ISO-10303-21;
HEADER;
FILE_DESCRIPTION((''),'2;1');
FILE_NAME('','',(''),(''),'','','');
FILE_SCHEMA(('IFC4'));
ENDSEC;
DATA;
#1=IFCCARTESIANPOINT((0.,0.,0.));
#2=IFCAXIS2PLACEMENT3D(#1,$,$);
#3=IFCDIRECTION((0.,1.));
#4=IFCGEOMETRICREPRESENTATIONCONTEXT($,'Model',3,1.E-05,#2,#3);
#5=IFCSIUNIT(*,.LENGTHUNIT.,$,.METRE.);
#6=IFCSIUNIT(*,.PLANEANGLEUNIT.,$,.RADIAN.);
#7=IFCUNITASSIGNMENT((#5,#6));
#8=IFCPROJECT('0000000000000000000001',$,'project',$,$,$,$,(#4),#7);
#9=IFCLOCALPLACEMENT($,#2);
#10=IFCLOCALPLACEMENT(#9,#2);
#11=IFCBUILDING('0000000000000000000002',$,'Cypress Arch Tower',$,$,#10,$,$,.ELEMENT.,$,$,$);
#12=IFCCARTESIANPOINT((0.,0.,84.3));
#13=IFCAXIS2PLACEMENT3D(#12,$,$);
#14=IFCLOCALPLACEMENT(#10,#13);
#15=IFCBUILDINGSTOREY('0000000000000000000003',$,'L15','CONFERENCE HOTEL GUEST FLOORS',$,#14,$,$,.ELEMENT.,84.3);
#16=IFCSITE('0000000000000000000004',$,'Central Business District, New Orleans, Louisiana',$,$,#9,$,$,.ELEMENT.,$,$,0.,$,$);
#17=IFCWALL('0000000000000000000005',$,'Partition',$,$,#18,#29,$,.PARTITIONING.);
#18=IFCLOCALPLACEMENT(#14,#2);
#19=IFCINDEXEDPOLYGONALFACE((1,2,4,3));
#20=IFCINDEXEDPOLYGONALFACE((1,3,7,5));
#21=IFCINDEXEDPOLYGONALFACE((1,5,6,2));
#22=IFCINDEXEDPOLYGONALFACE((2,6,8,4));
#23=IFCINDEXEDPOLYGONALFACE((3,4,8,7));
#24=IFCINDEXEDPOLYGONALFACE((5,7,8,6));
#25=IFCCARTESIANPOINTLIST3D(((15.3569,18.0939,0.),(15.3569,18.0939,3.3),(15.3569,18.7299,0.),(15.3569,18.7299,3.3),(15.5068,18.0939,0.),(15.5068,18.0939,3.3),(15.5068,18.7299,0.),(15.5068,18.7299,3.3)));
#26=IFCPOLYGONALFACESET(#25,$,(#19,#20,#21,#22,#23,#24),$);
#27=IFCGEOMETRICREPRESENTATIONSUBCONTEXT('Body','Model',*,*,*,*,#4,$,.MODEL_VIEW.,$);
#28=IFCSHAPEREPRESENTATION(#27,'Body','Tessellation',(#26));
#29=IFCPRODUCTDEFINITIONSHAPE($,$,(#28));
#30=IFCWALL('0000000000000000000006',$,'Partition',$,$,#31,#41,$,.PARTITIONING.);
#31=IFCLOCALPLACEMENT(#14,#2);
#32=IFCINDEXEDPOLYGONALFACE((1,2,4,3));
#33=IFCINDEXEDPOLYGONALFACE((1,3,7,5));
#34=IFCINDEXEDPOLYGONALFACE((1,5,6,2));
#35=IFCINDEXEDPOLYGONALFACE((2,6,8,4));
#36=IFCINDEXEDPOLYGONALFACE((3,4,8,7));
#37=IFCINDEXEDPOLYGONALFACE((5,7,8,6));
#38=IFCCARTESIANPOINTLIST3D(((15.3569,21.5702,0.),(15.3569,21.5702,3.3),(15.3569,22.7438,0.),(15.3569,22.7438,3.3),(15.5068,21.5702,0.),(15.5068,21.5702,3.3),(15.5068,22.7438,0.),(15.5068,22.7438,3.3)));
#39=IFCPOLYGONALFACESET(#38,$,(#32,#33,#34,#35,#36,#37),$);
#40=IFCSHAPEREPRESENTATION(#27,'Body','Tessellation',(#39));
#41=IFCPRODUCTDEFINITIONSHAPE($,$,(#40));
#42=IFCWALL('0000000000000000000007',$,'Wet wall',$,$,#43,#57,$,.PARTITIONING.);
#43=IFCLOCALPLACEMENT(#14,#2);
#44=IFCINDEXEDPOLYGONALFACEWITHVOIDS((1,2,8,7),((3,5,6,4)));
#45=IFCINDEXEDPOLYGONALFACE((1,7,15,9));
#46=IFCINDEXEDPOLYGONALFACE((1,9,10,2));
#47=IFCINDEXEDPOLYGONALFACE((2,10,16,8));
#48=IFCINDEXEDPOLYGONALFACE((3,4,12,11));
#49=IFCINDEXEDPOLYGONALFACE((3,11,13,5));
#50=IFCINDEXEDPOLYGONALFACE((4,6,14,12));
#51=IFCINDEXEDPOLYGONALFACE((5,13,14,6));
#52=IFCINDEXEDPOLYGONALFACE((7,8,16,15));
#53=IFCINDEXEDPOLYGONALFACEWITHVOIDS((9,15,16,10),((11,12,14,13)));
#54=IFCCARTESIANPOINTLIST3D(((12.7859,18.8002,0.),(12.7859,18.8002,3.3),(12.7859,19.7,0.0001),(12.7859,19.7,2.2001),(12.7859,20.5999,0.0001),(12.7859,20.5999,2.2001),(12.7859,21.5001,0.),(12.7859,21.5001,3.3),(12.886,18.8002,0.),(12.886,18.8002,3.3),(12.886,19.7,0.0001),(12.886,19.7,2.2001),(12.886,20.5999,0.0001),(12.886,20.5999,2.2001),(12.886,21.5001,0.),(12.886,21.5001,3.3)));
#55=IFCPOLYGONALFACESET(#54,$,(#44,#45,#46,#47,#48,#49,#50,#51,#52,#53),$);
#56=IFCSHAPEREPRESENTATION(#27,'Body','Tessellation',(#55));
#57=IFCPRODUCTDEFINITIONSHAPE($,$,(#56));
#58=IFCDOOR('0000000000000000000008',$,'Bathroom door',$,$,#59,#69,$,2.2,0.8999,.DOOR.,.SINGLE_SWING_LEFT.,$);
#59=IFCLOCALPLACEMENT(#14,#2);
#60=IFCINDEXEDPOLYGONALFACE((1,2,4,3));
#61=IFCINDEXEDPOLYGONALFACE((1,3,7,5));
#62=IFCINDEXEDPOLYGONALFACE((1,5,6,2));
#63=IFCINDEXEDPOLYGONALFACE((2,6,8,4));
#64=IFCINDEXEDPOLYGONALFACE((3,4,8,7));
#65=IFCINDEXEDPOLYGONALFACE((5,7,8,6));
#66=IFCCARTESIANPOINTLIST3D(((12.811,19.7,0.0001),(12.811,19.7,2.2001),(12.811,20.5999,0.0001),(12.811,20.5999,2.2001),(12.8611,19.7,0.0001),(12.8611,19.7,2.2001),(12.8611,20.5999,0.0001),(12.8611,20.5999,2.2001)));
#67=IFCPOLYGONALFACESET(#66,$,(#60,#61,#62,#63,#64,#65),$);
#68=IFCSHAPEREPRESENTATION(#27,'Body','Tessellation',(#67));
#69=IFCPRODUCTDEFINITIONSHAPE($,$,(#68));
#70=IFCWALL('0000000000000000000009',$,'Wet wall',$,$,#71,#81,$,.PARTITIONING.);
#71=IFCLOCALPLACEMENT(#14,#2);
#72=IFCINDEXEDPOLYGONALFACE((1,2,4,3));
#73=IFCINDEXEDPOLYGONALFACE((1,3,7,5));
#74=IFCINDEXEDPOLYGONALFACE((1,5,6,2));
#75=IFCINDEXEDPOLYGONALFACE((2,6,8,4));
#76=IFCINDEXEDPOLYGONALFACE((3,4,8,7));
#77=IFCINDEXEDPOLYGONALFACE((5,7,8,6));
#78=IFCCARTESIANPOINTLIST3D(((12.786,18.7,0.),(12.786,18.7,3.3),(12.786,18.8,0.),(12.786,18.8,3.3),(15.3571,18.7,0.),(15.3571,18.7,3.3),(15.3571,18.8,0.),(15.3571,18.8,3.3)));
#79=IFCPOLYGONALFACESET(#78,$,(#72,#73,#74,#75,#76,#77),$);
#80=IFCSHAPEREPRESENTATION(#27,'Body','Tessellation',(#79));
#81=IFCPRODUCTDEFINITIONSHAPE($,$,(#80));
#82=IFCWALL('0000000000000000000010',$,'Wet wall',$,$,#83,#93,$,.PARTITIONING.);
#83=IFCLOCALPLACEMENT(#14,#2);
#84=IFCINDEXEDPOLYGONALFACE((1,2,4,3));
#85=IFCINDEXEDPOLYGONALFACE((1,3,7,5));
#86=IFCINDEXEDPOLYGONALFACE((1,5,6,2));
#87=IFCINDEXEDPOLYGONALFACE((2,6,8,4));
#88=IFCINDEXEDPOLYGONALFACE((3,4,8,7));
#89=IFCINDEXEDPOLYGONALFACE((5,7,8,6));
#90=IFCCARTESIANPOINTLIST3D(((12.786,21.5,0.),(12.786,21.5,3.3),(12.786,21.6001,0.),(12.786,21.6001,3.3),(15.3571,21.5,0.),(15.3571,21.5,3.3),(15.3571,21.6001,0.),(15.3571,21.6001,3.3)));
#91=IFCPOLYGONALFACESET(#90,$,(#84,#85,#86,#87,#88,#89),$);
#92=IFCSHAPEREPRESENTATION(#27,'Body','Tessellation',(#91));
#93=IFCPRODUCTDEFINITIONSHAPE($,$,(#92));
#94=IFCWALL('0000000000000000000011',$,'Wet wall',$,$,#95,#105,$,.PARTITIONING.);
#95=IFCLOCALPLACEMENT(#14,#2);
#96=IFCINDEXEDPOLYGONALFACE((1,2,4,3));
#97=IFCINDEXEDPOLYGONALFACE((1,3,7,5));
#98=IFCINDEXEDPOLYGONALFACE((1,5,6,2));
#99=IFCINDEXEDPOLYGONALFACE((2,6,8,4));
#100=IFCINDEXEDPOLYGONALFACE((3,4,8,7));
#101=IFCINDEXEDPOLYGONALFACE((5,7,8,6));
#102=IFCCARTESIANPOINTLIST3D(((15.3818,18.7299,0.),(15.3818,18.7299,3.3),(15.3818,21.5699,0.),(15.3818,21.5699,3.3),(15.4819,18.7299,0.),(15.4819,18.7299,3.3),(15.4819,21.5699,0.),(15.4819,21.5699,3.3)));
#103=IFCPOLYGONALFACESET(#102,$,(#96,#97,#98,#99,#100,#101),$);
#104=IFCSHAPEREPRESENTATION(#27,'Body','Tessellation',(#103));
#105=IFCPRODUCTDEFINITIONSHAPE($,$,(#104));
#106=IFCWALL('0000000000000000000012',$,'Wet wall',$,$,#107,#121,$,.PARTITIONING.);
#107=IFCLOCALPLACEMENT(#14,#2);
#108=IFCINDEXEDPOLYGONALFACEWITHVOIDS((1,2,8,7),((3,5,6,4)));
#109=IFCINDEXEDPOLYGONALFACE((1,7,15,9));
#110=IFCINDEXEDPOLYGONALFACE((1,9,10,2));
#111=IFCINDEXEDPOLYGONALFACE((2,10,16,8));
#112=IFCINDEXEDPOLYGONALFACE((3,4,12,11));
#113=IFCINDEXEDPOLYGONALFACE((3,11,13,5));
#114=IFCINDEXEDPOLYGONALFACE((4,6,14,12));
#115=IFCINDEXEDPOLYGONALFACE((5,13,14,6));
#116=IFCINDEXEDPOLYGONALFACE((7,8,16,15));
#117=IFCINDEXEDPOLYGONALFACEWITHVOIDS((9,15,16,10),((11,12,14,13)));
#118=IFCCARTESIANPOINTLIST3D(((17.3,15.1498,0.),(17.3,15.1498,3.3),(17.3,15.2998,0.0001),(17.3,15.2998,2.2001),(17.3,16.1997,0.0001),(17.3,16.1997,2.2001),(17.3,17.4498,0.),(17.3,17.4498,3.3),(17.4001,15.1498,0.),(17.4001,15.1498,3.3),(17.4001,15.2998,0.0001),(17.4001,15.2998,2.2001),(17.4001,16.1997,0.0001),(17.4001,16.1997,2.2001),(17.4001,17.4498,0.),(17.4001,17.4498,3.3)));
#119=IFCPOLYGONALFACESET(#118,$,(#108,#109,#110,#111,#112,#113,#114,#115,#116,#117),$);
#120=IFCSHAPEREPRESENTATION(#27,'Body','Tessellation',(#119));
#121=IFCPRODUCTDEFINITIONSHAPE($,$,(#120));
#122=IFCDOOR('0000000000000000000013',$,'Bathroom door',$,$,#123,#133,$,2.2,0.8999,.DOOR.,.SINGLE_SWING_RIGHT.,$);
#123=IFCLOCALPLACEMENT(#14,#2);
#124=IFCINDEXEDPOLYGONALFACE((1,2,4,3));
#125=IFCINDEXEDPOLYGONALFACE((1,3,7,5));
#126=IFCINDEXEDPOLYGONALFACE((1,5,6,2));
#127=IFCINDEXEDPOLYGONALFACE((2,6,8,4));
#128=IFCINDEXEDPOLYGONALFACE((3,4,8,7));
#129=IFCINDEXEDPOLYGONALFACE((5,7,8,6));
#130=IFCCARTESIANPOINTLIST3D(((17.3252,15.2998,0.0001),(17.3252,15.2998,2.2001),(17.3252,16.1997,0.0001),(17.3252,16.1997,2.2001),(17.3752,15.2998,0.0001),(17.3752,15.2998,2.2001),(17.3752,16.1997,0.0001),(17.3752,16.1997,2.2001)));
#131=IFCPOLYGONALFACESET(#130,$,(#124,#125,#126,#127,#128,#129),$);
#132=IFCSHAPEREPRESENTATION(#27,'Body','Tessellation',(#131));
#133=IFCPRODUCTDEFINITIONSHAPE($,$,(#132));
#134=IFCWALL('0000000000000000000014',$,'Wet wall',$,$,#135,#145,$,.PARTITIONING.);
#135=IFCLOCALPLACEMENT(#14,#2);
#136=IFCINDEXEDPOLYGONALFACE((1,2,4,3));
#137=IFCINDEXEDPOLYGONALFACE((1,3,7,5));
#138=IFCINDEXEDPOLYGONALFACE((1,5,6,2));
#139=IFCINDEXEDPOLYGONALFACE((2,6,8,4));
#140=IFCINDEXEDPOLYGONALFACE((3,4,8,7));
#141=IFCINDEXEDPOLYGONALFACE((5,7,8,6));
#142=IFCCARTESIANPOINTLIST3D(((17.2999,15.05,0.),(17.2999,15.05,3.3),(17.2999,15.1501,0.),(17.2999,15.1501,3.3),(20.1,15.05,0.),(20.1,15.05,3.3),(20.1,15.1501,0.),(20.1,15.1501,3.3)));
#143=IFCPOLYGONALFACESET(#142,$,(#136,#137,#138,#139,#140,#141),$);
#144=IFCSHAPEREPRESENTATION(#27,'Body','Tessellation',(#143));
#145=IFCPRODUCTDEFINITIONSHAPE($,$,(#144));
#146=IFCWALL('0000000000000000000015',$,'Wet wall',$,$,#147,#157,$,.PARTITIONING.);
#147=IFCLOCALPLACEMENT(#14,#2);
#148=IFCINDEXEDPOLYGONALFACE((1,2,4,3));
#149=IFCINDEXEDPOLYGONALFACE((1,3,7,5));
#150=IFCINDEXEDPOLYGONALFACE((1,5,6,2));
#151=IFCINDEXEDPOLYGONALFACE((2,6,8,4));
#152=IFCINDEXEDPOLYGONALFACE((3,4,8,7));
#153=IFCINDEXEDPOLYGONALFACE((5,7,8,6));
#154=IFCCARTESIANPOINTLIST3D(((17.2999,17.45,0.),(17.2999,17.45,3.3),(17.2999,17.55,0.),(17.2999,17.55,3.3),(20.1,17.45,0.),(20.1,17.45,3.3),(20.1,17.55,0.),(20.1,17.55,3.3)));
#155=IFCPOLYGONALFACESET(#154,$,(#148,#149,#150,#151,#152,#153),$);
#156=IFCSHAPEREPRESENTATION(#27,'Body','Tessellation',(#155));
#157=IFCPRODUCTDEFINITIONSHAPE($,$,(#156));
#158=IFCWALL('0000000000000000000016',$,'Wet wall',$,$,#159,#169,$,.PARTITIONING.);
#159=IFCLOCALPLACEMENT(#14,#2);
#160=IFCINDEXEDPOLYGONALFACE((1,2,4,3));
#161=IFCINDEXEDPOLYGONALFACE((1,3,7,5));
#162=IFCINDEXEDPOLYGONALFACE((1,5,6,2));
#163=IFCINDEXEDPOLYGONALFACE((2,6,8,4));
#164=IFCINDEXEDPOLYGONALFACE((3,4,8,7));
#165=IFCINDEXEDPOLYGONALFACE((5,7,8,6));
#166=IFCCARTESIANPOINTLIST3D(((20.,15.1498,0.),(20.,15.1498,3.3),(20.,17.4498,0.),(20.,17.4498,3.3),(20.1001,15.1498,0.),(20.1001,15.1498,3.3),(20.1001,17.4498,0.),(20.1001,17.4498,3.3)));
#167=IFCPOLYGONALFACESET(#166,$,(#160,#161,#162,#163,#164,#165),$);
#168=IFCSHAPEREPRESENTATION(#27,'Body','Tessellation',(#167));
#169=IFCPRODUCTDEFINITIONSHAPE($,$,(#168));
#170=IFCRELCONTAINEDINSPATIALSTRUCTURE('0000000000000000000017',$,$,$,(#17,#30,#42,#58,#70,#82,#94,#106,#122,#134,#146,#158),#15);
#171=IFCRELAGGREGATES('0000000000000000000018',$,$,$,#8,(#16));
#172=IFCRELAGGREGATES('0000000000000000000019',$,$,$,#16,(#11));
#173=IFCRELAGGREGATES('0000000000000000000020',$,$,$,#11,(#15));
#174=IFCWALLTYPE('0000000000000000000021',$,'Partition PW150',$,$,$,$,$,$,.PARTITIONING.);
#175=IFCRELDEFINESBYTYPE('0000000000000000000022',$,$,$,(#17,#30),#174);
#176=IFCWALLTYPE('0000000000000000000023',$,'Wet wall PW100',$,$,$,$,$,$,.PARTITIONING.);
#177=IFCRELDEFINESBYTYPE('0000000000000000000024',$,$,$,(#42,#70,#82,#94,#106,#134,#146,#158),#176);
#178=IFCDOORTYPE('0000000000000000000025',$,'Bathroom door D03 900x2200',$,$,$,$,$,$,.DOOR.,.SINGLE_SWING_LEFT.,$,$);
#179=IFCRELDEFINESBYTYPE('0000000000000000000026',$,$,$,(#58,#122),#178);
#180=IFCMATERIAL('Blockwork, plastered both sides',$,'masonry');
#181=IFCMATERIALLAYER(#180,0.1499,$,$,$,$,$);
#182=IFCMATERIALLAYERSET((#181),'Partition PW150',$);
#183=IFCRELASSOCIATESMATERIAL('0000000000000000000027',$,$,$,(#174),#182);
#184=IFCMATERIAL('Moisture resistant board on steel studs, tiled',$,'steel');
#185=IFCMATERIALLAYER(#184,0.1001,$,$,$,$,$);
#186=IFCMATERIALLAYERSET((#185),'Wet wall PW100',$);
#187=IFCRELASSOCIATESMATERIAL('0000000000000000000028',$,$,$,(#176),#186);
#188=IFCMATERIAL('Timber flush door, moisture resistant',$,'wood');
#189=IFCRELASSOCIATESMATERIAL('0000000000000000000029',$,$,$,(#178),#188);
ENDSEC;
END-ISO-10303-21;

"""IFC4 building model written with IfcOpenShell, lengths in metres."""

from ifc_helpers import new_model, si_unit, direction, frame, frame_2d, origin, place, context, subcontext, project, spatial, rectangle, extrude, material, layer, layer_set, type_object, element, fill, save


model = new_model("IFC4")

# Units and contexts
model_context = context("Model", 3, precision=1e-05, world=origin(), true_north=direction((0.0, 1.0)))
body_context = subcontext(model_context, "Body", "Model", "MODEL_VIEW")
ifc_project = project(units=[si_unit("LENGTHUNIT", "METRE"), si_unit("PLANEANGLEUNIT", "RADIAN")], contexts=[model_context])

# Site, building, storey
site_placement = place(None, origin())
site = spatial("IfcSite", under=ifc_project, at=site_placement, Name="Central Business District, New Orleans, Louisiana", CompositionType="ELEMENT", RefElevation=0.0)
building_placement = place(site_placement, origin())
building = spatial("IfcBuilding", under=site, at=building_placement, Name="Cypress Arch Tower", CompositionType="ELEMENT")
storey_placement = place(building_placement, frame((0.0, 0.0, 84.3)))
storey = spatial("IfcBuildingStorey", under=building, at=storey_placement, Name="L15", Description="CONFERENCE HOTEL GUEST FLOORS", CompositionType="ELEMENT", Elevation=84.3)

# Walls
ifc_material_1 = material(Name="Blockwork, plastered both sides", Category="masonry")
ifc_layer_1 = layer(ifc_material_1, 0.1499)
ifc_layer_set_1 = layer_set([ifc_layer_1], Name="Partition PW150")
wall_type_1 = type_object("IfcWallType", Name="Partition PW150", PredefinedType="PARTITIONING", material=ifc_layer_set_1)
wall_1_placement = place(storey_placement, frame((15.4319, 18.094, 0.0), z_axis=(0.0, 0.0, 1.0), x_axis=(0.0, 1.0, 0.0)))
element("IfcWall", 1, at=wall_1_placement, inside=storey, type_object=wall_type_1, Name="Partition", PredefinedType="PARTITIONING", context=body_context, shape_type="SweptSolid", body=[
    extrude(rectangle(XDim=0.636, YDim=0.1499, at=frame_2d((0.3179, 0.0))), origin(), (0.0, 0.0, 1.0), 3.3),
])
wall_2_placement = place(storey_placement, frame((15.4319, 21.5701, 0.0), z_axis=(0.0, 0.0, 1.0), x_axis=(0.0, 1.0, 0.0)))
element("IfcWall", 2, at=wall_2_placement, inside=storey, type_object=wall_type_1, Name="Partition", PredefinedType="PARTITIONING", context=body_context, shape_type="SweptSolid", body=[
    extrude(rectangle(XDim=1.1736, YDim=0.1499, at=frame_2d((0.5869, 0.0))), origin(), (0.0, 0.0, 1.0), 3.3),
])

# Wall, opening, door
ifc_material_2 = material(Name="Moisture resistant board on steel studs, tiled", Category="steel")
ifc_layer_2 = layer(ifc_material_2, 0.1001)
ifc_layer_set_2 = layer_set([ifc_layer_2], Name="Wet wall PW100")
wall_type_2 = type_object("IfcWallType", Name="Wet wall PW100", PredefinedType="PARTITIONING", material=ifc_layer_set_2)
wall_3_placement = place(storey_placement, frame((12.8359, 18.8, 0.0), z_axis=(0.0, 0.0, 1.0), x_axis=(0.0, 1.0, 0.0)))
wall_3 = element("IfcWall", 3, at=wall_3_placement, inside=storey, type_object=wall_type_2, Name="Wet wall", PredefinedType="PARTITIONING", context=body_context, shape_type="SweptSolid", body=[
    extrude(rectangle(XDim=2.7, YDim=0.1001, at=frame_2d((1.3501, 0.0))), origin(), (0.0, 0.0, 1.0), 3.3),
])
opening_1_placement = place(wall_3_placement, frame((0.8999, 0.0, 0.0)))
opening_1 = element("IfcOpeningElement", 4, at=opening_1_placement, cuts=wall_3, PredefinedType="OPENING", context=body_context, shape_type="SweptSolid", body=[
    extrude(rectangle(XDim=0.8999, YDim=2.2, at=frame_2d((0.45, 1.1001))), frame((0.0, 0.0601, 0.0), z_axis=(0.0, -1.0, 0.0), x_axis=(1.0, 0.0, 0.0)), (0.0, 0.0, 1.0), 0.1201),
])
ifc_material_3 = material(Name="Timber flush door, moisture resistant", Category="wood")
door_type_1 = type_object("IfcDoorType", Name="Bathroom door D03 900x2200", OperationType="SINGLE_SWING_LEFT", PredefinedType="DOOR", material=ifc_material_3)
door_1_placement = place(opening_1_placement, origin())
door_1 = element("IfcDoor", 5, at=door_1_placement, inside=storey, type_object=door_type_1, Name="Bathroom door", OperationType="SINGLE_SWING_LEFT", OverallHeight=2.2, OverallWidth=0.8999, PredefinedType="DOOR", context=body_context, shape_type="SweptSolid", body=[
    extrude(rectangle(XDim=0.8999, YDim=2.2, at=frame_2d((0.45, 1.1001))), frame((0.0, 0.0249, 0.0), z_axis=(0.0, -1.0, 0.0), x_axis=(1.0, 0.0, 0.0)), (0.0, 0.0, 1.0), 0.05),
])
fill(opening_1, door_1)

# Walls
for number, where, z_axis, x_axis, name in (
    (6, (12.7859, 18.75, 0.0), (0.0, 0.0, 1.0), (1.0, 0.0, 0.0), "Wet wall"),
    (7, (12.7859, 21.55, 0.0), (0.0, 0.0, 1.0), (1.0, 0.0, 0.0), "Wet wall"),
):
    element("IfcWall", number, at=place(storey_placement, frame(where, z_axis=z_axis, x_axis=x_axis)), inside=storey, type_object=wall_type_2, Name=name, PredefinedType="PARTITIONING", context=body_context, shape_type="SweptSolid", body=[
        extrude(rectangle(XDim=2.571, YDim=0.1001, at=frame_2d((1.2856, 0.0))), origin(), (0.0, 0.0, 1.0), 3.3),
    ])
wall_4_placement = place(storey_placement, frame((15.4319, 18.73, 0.0), z_axis=(0.0, 0.0, 1.0), x_axis=(0.0, 1.0, 0.0)))
element("IfcWall", 8, at=wall_4_placement, inside=storey, type_object=wall_type_2, Name="Wet wall", PredefinedType="PARTITIONING", context=body_context, shape_type="SweptSolid", body=[
    extrude(rectangle(XDim=2.8401, YDim=0.1001, at=frame_2d((1.4199, 0.0))), origin(), (0.0, 0.0, 1.0), 3.3),
])

# Wall, opening, door
wall_5_placement = place(storey_placement, frame((17.3501, 15.1499, 0.0), z_axis=(0.0, 0.0, 1.0), x_axis=(0.0, 1.0, 0.0)))
wall_5 = element("IfcWall", 9, at=wall_5_placement, inside=storey, type_object=wall_type_2, Name="Wet wall", PredefinedType="PARTITIONING", context=body_context, shape_type="SweptSolid", body=[
    extrude(rectangle(XDim=2.3, YDim=0.1001, at=frame_2d((1.1499, 0.0))), origin(), (0.0, 0.0, 1.0), 3.3),
])
opening_2_placement = place(wall_5_placement, frame((0.1499, 0.0, 0.0)))
opening_2 = element("IfcOpeningElement", 10, at=opening_2_placement, cuts=wall_5, PredefinedType="OPENING", context=body_context, shape_type="SweptSolid", body=[
    extrude(rectangle(XDim=0.8999, YDim=2.2, at=frame_2d((0.45, 1.1001))), frame((0.0, 0.0601, 0.0), z_axis=(0.0, -1.0, 0.0), x_axis=(1.0, 0.0, 0.0)), (0.0, 0.0, 1.0), 0.1201),
])
door_2_placement = place(opening_2_placement, origin())
door_2 = element("IfcDoor", 11, at=door_2_placement, inside=storey, type_object=door_type_1, Name="Bathroom door", OperationType="SINGLE_SWING_RIGHT", OverallHeight=2.2, OverallWidth=0.8999, PredefinedType="DOOR", context=body_context, shape_type="SweptSolid", body=[
    extrude(rectangle(XDim=0.8999, YDim=2.2, at=frame_2d((0.45, 1.1001))), frame((0.0, 0.0249, 0.0), z_axis=(0.0, -1.0, 0.0), x_axis=(1.0, 0.0, 0.0)), (0.0, 0.0, 1.0), 0.05),
])
fill(opening_2, door_2)

# Walls
for number, where, z_axis, x_axis, name in (
    (12, (17.3, 15.1001, 0.0), (0.0, 0.0, 1.0), (1.0, 0.0, 0.0), "Wet wall"),
    (13, (17.3, 17.5, 0.0), (0.0, 0.0, 1.0), (1.0, 0.0, 0.0), "Wet wall"),
):
    element("IfcWall", number, at=place(storey_placement, frame(where, z_axis=z_axis, x_axis=x_axis)), inside=storey, type_object=wall_type_2, Name=name, PredefinedType="PARTITIONING", context=body_context, shape_type="SweptSolid", body=[
        extrude(rectangle(XDim=2.8, YDim=0.1001, at=frame_2d((1.3999, 0.0))), origin(), (0.0, 0.0, 1.0), 3.3),
    ])
wall_6_placement = place(storey_placement, frame((20.05, 15.1499, 0.0), z_axis=(0.0, 0.0, 1.0), x_axis=(0.0, 1.0, 0.0)))
element("IfcWall", 14, at=wall_6_placement, inside=storey, type_object=wall_type_2, Name="Wet wall", PredefinedType="PARTITIONING", context=body_context, shape_type="SweptSolid", body=[
    extrude(rectangle(XDim=2.3, YDim=0.1001, at=frame_2d((1.1499, 0.0))), origin(), (0.0, 0.0, 1.0), 3.3),
])

save(model, "model.ifc")
